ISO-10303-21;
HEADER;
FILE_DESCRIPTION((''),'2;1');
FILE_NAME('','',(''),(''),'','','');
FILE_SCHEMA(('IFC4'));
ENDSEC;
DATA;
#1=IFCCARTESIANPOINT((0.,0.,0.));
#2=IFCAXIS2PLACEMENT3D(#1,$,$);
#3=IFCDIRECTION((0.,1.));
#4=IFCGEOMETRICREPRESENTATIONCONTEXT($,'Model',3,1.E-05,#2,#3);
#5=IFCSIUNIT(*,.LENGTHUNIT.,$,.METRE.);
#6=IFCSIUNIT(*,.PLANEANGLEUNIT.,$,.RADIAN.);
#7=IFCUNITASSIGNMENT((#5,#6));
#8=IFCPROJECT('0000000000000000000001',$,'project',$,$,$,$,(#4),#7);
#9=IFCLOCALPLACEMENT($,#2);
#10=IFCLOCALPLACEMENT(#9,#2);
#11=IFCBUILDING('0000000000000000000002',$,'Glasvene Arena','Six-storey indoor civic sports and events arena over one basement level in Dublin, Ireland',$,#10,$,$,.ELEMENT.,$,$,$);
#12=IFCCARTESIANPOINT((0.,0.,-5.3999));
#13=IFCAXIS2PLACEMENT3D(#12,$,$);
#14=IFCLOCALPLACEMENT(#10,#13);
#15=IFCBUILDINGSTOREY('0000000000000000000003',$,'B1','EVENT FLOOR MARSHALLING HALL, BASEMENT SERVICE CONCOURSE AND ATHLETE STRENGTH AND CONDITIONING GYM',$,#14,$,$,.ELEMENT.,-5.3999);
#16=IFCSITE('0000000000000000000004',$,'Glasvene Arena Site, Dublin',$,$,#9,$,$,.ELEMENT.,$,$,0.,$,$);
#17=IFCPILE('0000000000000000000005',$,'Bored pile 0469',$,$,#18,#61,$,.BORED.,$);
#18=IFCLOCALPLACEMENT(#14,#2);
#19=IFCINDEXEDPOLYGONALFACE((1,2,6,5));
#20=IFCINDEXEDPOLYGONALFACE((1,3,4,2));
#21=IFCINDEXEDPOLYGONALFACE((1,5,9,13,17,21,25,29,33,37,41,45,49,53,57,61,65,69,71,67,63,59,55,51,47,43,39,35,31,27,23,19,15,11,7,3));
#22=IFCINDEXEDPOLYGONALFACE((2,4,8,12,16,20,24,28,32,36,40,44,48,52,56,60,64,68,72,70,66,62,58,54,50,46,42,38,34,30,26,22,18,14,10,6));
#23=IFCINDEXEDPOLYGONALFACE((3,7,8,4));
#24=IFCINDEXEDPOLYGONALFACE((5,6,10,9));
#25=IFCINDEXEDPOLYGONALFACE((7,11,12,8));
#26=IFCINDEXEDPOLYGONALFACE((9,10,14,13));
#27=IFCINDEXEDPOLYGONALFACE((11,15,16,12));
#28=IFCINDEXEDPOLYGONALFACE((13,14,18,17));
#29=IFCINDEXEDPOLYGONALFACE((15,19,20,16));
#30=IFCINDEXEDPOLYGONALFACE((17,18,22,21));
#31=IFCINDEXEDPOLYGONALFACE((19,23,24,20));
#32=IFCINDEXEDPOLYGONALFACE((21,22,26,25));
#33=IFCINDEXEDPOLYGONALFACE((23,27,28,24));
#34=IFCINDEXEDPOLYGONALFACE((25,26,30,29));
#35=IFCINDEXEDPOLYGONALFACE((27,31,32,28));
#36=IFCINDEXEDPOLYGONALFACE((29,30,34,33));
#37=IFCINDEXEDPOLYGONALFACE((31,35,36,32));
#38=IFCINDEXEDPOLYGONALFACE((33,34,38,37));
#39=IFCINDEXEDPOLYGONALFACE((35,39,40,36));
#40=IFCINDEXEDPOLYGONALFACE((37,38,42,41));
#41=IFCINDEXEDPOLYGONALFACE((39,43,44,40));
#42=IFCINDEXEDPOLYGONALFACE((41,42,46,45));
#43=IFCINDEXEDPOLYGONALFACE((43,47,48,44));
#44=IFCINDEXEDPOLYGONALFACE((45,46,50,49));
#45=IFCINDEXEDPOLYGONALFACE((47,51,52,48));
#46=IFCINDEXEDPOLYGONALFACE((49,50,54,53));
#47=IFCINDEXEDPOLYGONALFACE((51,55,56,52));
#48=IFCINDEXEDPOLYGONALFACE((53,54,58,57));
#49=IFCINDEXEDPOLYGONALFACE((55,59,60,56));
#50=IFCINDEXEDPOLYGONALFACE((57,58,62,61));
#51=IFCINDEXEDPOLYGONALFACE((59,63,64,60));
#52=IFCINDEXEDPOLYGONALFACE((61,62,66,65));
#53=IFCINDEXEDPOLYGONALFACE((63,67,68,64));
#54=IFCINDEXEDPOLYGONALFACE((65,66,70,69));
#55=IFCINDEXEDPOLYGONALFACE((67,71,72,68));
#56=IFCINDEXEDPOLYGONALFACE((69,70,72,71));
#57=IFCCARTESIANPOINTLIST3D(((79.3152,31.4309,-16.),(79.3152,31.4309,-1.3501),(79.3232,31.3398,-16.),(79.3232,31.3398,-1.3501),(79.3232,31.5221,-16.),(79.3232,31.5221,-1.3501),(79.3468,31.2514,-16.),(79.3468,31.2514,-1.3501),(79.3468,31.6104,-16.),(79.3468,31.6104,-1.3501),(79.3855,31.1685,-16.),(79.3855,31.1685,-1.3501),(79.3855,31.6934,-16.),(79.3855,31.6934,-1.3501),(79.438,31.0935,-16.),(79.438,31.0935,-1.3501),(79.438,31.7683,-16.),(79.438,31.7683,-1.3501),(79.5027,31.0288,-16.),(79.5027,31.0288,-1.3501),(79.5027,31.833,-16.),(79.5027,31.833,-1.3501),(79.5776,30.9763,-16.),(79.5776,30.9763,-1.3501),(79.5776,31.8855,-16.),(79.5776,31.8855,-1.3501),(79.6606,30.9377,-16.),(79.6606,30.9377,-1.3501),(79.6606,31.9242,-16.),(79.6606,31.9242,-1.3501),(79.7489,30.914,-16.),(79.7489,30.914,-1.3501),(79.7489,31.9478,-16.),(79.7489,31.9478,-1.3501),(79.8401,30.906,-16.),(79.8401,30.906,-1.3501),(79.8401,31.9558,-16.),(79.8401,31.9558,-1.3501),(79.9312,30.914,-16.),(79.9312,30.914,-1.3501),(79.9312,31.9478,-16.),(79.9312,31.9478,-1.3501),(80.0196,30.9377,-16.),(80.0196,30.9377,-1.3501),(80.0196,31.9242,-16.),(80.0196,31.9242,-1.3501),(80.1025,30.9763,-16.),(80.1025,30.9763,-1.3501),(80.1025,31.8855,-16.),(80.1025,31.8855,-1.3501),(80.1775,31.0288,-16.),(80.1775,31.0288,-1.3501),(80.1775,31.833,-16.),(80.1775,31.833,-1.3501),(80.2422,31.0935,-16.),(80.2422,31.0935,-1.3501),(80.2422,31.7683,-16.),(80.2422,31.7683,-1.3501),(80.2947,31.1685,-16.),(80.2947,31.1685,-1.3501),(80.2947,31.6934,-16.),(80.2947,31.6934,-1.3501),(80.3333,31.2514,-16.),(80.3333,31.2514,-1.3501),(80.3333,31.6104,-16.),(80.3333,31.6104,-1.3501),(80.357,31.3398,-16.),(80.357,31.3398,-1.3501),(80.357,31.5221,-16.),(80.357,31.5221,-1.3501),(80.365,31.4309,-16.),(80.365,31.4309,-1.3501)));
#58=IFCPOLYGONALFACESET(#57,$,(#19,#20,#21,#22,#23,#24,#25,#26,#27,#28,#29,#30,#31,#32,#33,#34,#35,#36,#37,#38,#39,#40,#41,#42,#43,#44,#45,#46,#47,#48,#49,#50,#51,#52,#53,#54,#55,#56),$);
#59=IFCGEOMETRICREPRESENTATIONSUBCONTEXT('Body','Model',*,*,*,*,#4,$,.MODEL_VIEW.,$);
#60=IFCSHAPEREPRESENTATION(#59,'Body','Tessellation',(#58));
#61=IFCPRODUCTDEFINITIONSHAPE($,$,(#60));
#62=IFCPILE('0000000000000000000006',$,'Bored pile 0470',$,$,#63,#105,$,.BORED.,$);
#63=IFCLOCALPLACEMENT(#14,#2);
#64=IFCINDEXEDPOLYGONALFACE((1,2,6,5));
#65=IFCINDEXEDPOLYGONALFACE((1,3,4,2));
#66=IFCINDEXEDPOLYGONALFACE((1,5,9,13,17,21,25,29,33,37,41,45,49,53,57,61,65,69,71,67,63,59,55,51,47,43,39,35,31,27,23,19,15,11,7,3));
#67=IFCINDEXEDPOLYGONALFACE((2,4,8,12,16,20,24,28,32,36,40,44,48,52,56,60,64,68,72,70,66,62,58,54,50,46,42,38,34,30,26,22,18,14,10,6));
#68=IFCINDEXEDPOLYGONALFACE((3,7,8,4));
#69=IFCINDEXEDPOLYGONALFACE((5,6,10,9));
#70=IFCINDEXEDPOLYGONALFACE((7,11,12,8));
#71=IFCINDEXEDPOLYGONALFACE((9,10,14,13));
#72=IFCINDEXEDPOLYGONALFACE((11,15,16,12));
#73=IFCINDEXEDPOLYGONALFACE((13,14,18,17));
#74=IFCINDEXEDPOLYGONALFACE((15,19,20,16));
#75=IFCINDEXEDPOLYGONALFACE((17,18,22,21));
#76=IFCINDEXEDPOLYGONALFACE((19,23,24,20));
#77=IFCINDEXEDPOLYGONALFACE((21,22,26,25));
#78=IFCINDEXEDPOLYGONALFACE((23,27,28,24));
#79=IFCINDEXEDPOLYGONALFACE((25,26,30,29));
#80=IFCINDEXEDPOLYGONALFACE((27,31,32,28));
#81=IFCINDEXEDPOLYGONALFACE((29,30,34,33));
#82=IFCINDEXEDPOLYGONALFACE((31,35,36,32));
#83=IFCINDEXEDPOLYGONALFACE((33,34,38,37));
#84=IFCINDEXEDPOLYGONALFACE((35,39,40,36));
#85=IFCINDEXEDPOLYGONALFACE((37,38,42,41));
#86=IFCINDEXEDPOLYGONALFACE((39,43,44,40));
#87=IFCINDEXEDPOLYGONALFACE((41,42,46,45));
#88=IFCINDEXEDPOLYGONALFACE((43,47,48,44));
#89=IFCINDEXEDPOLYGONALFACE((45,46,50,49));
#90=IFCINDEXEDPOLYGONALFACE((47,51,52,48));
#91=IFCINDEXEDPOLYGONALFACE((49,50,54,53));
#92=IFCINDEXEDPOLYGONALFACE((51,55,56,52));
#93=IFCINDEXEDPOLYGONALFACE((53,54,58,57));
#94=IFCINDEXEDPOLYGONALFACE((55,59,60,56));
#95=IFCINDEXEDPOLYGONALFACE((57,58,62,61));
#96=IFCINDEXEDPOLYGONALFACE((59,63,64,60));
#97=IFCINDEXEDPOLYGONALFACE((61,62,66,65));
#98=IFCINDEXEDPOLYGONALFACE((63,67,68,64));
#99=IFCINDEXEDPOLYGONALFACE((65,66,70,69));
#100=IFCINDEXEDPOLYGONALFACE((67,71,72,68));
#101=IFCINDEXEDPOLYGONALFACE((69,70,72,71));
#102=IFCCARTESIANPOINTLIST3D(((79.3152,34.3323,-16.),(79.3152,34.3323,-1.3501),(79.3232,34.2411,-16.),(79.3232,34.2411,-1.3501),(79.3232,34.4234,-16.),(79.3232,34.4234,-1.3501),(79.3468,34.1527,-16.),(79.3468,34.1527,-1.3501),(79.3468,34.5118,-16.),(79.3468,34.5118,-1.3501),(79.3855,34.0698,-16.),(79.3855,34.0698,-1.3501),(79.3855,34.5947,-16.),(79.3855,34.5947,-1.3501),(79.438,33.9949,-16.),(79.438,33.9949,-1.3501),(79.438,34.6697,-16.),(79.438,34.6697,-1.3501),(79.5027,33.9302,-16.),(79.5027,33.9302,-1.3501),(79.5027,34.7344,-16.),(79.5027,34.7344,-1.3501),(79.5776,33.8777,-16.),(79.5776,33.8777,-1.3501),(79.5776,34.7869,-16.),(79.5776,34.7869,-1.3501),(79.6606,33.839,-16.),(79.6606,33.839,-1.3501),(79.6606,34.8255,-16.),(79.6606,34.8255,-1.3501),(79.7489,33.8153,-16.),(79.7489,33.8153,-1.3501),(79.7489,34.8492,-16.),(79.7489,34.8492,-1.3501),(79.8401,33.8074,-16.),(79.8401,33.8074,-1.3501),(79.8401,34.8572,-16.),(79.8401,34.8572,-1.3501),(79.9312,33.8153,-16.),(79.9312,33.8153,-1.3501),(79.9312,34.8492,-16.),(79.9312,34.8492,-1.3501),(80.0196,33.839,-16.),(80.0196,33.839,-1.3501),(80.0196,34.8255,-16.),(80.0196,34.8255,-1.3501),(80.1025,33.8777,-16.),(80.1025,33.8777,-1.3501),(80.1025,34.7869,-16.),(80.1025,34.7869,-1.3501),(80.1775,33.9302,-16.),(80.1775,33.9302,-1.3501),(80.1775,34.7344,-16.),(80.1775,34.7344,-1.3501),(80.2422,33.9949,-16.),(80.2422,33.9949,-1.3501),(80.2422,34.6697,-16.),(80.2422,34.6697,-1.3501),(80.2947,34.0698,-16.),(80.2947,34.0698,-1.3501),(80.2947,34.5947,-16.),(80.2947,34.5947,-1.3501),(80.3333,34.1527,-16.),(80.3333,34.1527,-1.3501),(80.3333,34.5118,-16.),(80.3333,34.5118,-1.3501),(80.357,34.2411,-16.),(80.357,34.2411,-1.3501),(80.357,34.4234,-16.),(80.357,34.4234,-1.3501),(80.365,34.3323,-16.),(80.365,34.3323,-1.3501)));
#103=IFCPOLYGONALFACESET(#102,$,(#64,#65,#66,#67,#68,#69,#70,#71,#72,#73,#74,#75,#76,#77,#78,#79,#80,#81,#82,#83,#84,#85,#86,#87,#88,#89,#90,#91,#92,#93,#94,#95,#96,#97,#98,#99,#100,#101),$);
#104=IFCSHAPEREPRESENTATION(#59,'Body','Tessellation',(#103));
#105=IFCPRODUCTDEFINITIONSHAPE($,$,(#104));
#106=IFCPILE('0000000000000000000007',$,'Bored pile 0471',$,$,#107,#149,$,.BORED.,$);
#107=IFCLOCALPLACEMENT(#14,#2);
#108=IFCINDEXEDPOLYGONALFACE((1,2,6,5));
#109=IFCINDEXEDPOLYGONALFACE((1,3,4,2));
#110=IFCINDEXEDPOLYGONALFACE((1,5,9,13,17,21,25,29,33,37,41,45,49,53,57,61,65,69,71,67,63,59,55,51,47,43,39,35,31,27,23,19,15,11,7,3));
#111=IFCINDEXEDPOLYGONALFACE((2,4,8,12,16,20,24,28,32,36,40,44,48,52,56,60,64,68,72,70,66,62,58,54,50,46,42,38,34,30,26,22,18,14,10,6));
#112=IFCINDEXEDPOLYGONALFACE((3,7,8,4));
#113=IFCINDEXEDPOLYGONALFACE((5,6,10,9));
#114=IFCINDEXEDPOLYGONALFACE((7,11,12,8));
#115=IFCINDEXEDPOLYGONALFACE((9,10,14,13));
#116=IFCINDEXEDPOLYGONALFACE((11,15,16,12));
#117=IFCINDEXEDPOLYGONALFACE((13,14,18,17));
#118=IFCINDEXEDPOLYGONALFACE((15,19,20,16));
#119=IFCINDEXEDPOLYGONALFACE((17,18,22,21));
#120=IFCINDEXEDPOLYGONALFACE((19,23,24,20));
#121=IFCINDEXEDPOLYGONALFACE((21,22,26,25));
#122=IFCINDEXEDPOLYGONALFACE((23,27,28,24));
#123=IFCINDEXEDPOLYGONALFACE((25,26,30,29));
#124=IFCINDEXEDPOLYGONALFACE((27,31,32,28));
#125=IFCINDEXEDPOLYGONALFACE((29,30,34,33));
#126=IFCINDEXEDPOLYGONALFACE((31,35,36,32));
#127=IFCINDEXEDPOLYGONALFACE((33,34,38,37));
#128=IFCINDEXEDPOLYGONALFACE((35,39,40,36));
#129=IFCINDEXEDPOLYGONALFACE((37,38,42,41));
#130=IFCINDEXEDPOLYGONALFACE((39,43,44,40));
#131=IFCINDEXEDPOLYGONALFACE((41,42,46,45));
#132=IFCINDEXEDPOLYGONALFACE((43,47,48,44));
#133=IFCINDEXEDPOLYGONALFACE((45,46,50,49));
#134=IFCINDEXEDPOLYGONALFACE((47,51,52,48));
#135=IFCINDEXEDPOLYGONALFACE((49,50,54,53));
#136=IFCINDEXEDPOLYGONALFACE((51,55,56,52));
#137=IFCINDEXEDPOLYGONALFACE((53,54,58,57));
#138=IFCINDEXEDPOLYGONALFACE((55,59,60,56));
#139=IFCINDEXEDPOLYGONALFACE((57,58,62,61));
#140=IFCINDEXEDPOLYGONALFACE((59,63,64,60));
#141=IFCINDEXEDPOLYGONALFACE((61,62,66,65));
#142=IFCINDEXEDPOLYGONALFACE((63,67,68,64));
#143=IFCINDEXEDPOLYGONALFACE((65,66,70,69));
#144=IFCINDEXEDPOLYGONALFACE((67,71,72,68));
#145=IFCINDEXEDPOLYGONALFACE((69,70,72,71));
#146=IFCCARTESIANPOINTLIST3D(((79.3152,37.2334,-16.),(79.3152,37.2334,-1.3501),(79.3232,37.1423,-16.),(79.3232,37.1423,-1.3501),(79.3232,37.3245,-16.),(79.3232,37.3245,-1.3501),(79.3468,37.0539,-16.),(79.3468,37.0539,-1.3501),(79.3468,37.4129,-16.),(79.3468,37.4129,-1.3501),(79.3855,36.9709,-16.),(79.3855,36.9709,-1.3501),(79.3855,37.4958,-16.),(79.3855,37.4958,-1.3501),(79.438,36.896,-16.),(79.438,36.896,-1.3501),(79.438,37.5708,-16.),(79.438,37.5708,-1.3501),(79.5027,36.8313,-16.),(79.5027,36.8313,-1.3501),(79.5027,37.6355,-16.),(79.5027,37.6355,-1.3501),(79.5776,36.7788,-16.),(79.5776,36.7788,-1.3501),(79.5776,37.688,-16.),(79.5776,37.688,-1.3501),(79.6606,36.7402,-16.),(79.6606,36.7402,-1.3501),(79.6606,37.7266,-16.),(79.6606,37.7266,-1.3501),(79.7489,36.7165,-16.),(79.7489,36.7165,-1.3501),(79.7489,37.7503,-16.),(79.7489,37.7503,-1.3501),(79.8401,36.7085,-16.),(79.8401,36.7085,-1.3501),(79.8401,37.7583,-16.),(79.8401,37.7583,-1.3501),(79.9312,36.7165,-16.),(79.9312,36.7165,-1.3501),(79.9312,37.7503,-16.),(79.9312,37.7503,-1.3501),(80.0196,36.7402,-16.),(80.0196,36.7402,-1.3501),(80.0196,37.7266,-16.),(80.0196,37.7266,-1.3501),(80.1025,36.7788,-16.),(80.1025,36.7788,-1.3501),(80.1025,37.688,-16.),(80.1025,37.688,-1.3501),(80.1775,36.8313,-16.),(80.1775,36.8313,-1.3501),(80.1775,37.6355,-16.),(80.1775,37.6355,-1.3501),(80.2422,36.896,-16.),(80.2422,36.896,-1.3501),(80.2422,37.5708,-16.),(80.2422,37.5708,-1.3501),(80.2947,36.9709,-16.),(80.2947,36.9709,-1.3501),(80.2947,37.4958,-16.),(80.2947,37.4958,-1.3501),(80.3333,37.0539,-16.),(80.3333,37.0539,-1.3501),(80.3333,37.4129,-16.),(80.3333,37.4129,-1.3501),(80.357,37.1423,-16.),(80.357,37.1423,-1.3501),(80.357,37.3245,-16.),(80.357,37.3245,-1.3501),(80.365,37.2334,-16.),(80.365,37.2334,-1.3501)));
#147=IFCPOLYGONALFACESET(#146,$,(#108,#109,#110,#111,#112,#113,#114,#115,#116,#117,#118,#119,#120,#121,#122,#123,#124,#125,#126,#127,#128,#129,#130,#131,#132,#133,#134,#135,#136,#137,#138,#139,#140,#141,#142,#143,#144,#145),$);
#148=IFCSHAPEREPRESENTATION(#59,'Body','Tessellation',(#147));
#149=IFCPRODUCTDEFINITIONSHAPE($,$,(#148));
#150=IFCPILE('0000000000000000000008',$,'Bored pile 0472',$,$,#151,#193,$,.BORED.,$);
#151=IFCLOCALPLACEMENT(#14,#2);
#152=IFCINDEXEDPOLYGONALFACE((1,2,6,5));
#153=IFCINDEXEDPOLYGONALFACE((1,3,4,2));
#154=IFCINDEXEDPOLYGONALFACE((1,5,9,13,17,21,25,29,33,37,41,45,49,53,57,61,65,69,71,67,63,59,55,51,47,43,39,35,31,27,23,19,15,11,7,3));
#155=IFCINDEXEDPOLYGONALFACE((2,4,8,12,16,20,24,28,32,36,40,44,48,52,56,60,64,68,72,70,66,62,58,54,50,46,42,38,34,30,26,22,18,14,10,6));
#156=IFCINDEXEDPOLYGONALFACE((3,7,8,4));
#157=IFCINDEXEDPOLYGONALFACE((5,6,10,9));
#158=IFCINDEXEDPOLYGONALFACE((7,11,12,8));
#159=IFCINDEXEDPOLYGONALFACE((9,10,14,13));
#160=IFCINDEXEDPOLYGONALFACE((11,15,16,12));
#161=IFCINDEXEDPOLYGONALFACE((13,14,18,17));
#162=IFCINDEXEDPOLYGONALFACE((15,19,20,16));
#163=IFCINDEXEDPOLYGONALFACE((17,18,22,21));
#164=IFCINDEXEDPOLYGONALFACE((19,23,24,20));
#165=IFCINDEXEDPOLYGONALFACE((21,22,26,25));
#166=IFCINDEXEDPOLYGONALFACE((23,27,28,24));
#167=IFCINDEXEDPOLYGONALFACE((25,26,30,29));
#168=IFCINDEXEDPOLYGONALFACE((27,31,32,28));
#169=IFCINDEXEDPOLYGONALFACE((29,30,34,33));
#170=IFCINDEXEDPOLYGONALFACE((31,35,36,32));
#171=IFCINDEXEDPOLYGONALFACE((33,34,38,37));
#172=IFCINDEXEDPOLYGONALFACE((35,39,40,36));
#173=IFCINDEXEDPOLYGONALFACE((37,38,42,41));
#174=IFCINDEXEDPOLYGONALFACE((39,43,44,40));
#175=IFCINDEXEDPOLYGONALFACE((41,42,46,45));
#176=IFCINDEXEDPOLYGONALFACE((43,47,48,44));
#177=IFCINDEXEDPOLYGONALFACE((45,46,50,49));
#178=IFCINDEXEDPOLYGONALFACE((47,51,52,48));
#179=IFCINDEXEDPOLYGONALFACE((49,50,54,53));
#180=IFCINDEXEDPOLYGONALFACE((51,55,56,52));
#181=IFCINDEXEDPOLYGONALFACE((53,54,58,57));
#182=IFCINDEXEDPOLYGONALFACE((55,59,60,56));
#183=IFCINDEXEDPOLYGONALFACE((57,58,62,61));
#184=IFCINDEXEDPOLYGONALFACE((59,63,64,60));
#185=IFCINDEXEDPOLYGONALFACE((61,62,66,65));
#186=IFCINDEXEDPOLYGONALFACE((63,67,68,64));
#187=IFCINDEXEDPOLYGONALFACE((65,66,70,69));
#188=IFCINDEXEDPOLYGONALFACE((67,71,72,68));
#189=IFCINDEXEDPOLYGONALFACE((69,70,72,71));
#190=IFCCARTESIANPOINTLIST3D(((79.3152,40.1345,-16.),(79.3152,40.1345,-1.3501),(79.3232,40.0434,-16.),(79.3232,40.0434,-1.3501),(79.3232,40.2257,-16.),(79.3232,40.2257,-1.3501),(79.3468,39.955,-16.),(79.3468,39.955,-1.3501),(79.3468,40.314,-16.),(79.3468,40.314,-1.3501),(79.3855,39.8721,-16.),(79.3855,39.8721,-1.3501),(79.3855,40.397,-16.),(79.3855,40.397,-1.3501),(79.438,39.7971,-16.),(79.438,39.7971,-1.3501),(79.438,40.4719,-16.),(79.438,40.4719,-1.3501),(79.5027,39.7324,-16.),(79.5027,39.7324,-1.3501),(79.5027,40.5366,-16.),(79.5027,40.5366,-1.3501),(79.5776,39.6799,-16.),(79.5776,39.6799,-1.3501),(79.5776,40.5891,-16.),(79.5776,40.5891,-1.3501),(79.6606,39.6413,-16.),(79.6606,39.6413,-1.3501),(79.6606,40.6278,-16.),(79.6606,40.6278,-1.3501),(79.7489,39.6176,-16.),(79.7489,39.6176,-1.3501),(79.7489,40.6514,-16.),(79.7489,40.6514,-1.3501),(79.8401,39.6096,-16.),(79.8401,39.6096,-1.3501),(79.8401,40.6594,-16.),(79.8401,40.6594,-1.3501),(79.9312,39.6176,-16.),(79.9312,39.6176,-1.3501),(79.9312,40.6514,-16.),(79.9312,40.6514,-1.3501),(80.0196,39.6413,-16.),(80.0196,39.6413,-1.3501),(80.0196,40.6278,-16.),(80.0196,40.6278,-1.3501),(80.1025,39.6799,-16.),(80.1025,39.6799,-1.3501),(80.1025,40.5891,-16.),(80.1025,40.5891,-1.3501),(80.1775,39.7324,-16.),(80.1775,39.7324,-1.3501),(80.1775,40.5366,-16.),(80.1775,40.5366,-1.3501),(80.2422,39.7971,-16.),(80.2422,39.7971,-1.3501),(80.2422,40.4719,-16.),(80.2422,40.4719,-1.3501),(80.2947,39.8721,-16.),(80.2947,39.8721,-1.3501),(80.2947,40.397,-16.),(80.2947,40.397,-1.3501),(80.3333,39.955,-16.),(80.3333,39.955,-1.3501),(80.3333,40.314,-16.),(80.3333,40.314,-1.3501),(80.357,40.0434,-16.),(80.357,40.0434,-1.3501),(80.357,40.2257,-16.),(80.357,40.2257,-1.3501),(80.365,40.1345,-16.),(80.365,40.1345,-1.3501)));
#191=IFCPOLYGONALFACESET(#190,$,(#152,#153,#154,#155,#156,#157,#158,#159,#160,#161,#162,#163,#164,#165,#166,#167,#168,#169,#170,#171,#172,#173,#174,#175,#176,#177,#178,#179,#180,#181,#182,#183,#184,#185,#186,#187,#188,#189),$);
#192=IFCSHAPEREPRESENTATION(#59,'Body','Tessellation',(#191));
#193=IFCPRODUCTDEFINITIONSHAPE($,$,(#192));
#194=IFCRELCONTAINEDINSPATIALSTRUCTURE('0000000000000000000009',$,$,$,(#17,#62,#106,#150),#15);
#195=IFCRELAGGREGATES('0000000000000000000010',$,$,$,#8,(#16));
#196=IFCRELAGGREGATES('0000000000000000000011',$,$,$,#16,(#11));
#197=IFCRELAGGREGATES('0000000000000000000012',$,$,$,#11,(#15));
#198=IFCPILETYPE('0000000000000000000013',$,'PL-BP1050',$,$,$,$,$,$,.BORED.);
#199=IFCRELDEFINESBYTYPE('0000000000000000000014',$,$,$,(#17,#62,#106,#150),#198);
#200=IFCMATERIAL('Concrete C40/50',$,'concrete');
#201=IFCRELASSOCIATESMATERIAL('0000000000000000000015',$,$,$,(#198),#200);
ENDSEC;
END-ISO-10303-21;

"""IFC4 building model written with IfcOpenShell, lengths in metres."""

from ifc_helpers import new_model, si_unit, direction, frame, origin, origin_2d, place, context, subcontext, project, spatial, circle, extrude, material, material_profile, profile_set, type_object, element, save


model = new_model("IFC4")

# Units and contexts
model_context = context("Model", 3, precision=1e-05, world=origin(), true_north=direction((0.0, 1.0)))
body_context = subcontext(model_context, "Body", "Model", "MODEL_VIEW")
ifc_project = project(units=[si_unit("LENGTHUNIT", "METRE"), si_unit("PLANEANGLEUNIT", "RADIAN")], contexts=[model_context])

# Site, building, storey
site_placement = place(None, origin())
site = spatial("IfcSite", under=ifc_project, at=site_placement, Name="Glasvene Arena Site, Dublin", CompositionType="ELEMENT", RefElevation=0.0)
building_placement = place(site_placement, origin())
building = spatial("IfcBuilding", under=site, at=building_placement, Name="Glasvene Arena", Description="Six-storey indoor civic sports and events arena over one basement level in Dublin, Ireland", CompositionType="ELEMENT")
storey_placement = place(building_placement, frame((0.0, 0.0, -5.3999)))
storey = spatial("IfcBuildingStorey", under=building, at=storey_placement, Name="B1", Description="EVENT FLOOR MARSHALLING HALL, BASEMENT SERVICE CONCOURSE AND ATHLETE STRENGTH AND CONDITIONING GYM", CompositionType="ELEMENT", Elevation=-5.3999)

# Piles
ifc_material_1 = material(Name="Concrete C40/50", Category="concrete")
ifc_material_profile_1 = material_profile(ifc_material_1, circle(Radius=0.5249, at=origin_2d()), Name="BORED PILE 1050")
ifc_profile_set_1 = profile_set([ifc_material_profile_1], Name="Concrete C40/50")
pile_type = type_object("IfcPileType", Name="PL-BP1050", PredefinedType="BORED", material=ifc_profile_set_1)
for number, where, z_axis, x_axis, name in (
    (1, (79.8401, 31.4309, -1.3501), (0.0, 0.0, -1.0), (1.0, 0.0, 0.0), "Bored pile 0469"),
    (2, (79.8401, 34.3323, -1.3501), (0.0, 0.0, -1.0), (1.0, 0.0, 0.0), "Bored pile 0470"),
    (3, (79.8401, 37.2334, -1.3501), (0.0, 0.0, -1.0), (1.0, 0.0, 0.0), "Bored pile 0471"),
    (4, (79.8401, 40.1345, -1.3501), (0.0, 0.0, -1.0), (1.0, 0.0, 0.0), "Bored pile 0472"),
):
    element("IfcPile", number, at=place(storey_placement, frame(where, z_axis=z_axis, x_axis=x_axis)), inside=storey, type_object=pile_type, Name=name, PredefinedType="BORED", context=body_context, shape_type="SweptSolid", body=[
        extrude(circle(Radius=0.5249, at=origin_2d()), origin(), (0.0, 0.0, 1.0), 14.6499),
    ])

save(model, "model.ifc")
